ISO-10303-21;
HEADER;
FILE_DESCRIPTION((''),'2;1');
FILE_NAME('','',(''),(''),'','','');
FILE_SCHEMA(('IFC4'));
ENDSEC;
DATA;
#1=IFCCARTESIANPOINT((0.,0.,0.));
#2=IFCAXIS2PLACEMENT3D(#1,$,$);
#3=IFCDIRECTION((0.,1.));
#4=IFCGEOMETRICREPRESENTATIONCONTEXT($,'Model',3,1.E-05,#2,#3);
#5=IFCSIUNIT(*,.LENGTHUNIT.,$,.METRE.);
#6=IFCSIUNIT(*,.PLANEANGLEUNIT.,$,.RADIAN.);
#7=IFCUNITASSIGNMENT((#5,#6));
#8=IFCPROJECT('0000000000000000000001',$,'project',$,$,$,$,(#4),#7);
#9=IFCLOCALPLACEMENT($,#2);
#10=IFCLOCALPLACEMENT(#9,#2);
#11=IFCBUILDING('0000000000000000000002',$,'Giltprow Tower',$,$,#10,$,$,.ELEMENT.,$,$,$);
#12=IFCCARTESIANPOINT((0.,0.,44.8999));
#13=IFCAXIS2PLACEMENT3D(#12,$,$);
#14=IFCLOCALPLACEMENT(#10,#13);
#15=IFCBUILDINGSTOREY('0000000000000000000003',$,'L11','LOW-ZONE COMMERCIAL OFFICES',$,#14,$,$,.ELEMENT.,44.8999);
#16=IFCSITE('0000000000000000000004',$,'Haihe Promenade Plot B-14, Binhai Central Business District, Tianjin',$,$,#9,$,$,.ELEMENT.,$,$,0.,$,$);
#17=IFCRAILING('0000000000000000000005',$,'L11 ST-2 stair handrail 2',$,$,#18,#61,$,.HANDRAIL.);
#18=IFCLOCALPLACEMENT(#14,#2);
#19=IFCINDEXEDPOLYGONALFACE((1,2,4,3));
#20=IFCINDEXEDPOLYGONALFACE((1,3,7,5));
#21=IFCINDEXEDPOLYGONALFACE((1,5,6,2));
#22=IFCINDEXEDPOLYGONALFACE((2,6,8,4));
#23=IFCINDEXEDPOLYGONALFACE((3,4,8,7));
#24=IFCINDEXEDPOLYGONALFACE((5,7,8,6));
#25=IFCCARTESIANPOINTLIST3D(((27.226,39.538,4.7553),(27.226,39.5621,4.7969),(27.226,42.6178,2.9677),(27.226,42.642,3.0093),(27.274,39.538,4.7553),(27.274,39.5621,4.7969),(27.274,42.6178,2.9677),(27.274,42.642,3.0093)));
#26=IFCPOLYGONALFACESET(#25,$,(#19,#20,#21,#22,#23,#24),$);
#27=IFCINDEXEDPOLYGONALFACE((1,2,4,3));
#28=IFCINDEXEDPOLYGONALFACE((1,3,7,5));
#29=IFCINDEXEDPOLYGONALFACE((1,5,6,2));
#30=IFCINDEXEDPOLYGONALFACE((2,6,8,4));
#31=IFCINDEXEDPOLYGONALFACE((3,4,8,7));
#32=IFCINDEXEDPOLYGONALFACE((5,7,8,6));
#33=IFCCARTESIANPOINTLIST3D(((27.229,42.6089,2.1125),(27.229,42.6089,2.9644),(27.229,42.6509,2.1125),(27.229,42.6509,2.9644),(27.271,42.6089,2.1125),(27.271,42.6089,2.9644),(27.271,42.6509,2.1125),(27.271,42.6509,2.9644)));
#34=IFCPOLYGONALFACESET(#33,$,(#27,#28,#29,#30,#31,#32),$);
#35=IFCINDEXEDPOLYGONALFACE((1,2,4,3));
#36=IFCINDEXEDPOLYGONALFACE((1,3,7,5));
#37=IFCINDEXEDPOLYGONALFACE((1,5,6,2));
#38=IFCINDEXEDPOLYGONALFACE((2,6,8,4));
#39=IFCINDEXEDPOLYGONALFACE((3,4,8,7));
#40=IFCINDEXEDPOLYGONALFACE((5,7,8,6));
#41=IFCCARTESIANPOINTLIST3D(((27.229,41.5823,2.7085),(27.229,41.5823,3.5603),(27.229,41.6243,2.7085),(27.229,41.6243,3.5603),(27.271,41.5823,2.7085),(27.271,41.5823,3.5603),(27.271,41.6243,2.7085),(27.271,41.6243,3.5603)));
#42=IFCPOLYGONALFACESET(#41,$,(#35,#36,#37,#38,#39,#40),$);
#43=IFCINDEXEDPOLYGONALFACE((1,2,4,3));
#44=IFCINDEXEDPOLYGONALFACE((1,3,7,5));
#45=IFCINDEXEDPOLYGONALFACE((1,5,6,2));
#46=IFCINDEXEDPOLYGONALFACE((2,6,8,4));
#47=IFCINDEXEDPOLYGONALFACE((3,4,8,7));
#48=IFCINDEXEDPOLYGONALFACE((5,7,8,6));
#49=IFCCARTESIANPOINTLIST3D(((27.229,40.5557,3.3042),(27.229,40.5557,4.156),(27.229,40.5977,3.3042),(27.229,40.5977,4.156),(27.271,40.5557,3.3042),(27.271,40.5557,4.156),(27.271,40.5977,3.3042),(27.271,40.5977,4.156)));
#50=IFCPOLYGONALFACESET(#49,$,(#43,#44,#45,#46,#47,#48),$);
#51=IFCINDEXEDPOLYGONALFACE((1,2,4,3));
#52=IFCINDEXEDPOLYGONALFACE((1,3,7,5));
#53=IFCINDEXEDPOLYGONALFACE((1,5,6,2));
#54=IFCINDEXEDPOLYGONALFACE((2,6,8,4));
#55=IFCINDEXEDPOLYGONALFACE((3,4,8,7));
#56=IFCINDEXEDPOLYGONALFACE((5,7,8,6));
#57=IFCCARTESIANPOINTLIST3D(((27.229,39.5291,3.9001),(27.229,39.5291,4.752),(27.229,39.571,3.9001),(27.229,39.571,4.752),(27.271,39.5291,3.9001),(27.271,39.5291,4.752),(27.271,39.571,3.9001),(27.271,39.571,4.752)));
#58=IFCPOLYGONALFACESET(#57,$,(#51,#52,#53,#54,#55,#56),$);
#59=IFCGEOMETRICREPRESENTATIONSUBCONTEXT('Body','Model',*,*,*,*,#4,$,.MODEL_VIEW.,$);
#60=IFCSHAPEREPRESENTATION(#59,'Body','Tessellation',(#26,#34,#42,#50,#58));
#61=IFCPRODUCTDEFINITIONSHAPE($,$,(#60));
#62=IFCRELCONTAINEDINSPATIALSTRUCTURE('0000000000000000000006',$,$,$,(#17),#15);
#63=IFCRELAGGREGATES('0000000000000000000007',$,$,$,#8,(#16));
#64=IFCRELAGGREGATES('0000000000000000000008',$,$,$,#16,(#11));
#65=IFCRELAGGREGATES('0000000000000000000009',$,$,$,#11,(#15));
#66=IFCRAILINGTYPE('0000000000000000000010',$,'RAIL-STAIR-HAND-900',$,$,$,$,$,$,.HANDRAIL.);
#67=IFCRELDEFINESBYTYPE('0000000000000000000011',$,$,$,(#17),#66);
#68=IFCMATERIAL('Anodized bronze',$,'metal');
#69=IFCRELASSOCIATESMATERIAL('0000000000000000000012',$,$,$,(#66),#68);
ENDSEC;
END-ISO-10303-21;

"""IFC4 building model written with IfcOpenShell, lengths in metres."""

from ifc_helpers import new_model, si_unit, direction, frame, origin, origin_2d, place, context, subcontext, project, spatial, rectangle, extrude, material, type_object, element, save


model = new_model("IFC4")

# Units and contexts
model_context = context("Model", 3, precision=1e-05, world=origin(), true_north=direction((0.0, 1.0)))
body_context = subcontext(model_context, "Body", "Model", "MODEL_VIEW")
ifc_project = project(units=[si_unit("LENGTHUNIT", "METRE"), si_unit("PLANEANGLEUNIT", "RADIAN")], contexts=[model_context])

# Site, building, storey
site_placement = place(None, origin())
site = spatial("IfcSite", under=ifc_project, at=site_placement, Name="Haihe Promenade Plot B-14, Binhai Central Business District, Tianjin", CompositionType="ELEMENT", RefElevation=0.0)
building_placement = place(site_placement, origin())
building = spatial("IfcBuilding", under=site, at=building_placement, Name="Giltprow Tower", CompositionType="ELEMENT")
storey_placement = place(building_placement, frame((0.0, 0.0, 44.8999)))
storey = spatial("IfcBuildingStorey", under=building, at=storey_placement, Name="L11", Description="LOW-ZONE COMMERCIAL OFFICES", CompositionType="ELEMENT", Elevation=44.8999)

# Railing
ifc_material_1 = material(Name="Anodized bronze", Category="metal")
railing_type_1 = type_object("IfcRailingType", Name="RAIL-STAIR-HAND-900", PredefinedType="HANDRAIL", material=ifc_material_1)
railing_1_placement = place(storey_placement, frame((27.25, 42.6299, 2.1125)))
element("IfcRailing", 1, at=railing_1_placement, inside=storey, type_object=railing_type_1, Name="L11 ST-2 stair handrail 2", PredefinedType="HANDRAIL", context=body_context, shape_type="SweptSolid", body=[
    extrude(rectangle(XDim=0.0481, YDim=0.0481, at=origin_2d()), frame((0.0, 0.0, 0.876), z_axis=(0.0, -0.864873, 0.50199), x_axis=(1.0, 0.0, 0.0)), (0.0, 0.0, 1.0), 3.561),
    extrude(rectangle(XDim=0.042, YDim=0.042, at=origin_2d()), origin(), (0.0, 0.0, 1.0), 0.8518),
    extrude(rectangle(XDim=0.042, YDim=0.042, at=origin_2d()), frame((0.0, -1.0266, 0.5959)), (0.0, 0.0, 1.0), 0.8518),
    extrude(rectangle(XDim=0.042, YDim=0.042, at=origin_2d()), frame((0.0, -2.0532, 1.1917)), (0.0, 0.0, 1.0), 0.8518),
    extrude(rectangle(XDim=0.042, YDim=0.042, at=origin_2d()), frame((0.0, -3.0798, 1.7876)), (0.0, 0.0, 1.0), 0.8518),
])

save(model, "model.ifc")
